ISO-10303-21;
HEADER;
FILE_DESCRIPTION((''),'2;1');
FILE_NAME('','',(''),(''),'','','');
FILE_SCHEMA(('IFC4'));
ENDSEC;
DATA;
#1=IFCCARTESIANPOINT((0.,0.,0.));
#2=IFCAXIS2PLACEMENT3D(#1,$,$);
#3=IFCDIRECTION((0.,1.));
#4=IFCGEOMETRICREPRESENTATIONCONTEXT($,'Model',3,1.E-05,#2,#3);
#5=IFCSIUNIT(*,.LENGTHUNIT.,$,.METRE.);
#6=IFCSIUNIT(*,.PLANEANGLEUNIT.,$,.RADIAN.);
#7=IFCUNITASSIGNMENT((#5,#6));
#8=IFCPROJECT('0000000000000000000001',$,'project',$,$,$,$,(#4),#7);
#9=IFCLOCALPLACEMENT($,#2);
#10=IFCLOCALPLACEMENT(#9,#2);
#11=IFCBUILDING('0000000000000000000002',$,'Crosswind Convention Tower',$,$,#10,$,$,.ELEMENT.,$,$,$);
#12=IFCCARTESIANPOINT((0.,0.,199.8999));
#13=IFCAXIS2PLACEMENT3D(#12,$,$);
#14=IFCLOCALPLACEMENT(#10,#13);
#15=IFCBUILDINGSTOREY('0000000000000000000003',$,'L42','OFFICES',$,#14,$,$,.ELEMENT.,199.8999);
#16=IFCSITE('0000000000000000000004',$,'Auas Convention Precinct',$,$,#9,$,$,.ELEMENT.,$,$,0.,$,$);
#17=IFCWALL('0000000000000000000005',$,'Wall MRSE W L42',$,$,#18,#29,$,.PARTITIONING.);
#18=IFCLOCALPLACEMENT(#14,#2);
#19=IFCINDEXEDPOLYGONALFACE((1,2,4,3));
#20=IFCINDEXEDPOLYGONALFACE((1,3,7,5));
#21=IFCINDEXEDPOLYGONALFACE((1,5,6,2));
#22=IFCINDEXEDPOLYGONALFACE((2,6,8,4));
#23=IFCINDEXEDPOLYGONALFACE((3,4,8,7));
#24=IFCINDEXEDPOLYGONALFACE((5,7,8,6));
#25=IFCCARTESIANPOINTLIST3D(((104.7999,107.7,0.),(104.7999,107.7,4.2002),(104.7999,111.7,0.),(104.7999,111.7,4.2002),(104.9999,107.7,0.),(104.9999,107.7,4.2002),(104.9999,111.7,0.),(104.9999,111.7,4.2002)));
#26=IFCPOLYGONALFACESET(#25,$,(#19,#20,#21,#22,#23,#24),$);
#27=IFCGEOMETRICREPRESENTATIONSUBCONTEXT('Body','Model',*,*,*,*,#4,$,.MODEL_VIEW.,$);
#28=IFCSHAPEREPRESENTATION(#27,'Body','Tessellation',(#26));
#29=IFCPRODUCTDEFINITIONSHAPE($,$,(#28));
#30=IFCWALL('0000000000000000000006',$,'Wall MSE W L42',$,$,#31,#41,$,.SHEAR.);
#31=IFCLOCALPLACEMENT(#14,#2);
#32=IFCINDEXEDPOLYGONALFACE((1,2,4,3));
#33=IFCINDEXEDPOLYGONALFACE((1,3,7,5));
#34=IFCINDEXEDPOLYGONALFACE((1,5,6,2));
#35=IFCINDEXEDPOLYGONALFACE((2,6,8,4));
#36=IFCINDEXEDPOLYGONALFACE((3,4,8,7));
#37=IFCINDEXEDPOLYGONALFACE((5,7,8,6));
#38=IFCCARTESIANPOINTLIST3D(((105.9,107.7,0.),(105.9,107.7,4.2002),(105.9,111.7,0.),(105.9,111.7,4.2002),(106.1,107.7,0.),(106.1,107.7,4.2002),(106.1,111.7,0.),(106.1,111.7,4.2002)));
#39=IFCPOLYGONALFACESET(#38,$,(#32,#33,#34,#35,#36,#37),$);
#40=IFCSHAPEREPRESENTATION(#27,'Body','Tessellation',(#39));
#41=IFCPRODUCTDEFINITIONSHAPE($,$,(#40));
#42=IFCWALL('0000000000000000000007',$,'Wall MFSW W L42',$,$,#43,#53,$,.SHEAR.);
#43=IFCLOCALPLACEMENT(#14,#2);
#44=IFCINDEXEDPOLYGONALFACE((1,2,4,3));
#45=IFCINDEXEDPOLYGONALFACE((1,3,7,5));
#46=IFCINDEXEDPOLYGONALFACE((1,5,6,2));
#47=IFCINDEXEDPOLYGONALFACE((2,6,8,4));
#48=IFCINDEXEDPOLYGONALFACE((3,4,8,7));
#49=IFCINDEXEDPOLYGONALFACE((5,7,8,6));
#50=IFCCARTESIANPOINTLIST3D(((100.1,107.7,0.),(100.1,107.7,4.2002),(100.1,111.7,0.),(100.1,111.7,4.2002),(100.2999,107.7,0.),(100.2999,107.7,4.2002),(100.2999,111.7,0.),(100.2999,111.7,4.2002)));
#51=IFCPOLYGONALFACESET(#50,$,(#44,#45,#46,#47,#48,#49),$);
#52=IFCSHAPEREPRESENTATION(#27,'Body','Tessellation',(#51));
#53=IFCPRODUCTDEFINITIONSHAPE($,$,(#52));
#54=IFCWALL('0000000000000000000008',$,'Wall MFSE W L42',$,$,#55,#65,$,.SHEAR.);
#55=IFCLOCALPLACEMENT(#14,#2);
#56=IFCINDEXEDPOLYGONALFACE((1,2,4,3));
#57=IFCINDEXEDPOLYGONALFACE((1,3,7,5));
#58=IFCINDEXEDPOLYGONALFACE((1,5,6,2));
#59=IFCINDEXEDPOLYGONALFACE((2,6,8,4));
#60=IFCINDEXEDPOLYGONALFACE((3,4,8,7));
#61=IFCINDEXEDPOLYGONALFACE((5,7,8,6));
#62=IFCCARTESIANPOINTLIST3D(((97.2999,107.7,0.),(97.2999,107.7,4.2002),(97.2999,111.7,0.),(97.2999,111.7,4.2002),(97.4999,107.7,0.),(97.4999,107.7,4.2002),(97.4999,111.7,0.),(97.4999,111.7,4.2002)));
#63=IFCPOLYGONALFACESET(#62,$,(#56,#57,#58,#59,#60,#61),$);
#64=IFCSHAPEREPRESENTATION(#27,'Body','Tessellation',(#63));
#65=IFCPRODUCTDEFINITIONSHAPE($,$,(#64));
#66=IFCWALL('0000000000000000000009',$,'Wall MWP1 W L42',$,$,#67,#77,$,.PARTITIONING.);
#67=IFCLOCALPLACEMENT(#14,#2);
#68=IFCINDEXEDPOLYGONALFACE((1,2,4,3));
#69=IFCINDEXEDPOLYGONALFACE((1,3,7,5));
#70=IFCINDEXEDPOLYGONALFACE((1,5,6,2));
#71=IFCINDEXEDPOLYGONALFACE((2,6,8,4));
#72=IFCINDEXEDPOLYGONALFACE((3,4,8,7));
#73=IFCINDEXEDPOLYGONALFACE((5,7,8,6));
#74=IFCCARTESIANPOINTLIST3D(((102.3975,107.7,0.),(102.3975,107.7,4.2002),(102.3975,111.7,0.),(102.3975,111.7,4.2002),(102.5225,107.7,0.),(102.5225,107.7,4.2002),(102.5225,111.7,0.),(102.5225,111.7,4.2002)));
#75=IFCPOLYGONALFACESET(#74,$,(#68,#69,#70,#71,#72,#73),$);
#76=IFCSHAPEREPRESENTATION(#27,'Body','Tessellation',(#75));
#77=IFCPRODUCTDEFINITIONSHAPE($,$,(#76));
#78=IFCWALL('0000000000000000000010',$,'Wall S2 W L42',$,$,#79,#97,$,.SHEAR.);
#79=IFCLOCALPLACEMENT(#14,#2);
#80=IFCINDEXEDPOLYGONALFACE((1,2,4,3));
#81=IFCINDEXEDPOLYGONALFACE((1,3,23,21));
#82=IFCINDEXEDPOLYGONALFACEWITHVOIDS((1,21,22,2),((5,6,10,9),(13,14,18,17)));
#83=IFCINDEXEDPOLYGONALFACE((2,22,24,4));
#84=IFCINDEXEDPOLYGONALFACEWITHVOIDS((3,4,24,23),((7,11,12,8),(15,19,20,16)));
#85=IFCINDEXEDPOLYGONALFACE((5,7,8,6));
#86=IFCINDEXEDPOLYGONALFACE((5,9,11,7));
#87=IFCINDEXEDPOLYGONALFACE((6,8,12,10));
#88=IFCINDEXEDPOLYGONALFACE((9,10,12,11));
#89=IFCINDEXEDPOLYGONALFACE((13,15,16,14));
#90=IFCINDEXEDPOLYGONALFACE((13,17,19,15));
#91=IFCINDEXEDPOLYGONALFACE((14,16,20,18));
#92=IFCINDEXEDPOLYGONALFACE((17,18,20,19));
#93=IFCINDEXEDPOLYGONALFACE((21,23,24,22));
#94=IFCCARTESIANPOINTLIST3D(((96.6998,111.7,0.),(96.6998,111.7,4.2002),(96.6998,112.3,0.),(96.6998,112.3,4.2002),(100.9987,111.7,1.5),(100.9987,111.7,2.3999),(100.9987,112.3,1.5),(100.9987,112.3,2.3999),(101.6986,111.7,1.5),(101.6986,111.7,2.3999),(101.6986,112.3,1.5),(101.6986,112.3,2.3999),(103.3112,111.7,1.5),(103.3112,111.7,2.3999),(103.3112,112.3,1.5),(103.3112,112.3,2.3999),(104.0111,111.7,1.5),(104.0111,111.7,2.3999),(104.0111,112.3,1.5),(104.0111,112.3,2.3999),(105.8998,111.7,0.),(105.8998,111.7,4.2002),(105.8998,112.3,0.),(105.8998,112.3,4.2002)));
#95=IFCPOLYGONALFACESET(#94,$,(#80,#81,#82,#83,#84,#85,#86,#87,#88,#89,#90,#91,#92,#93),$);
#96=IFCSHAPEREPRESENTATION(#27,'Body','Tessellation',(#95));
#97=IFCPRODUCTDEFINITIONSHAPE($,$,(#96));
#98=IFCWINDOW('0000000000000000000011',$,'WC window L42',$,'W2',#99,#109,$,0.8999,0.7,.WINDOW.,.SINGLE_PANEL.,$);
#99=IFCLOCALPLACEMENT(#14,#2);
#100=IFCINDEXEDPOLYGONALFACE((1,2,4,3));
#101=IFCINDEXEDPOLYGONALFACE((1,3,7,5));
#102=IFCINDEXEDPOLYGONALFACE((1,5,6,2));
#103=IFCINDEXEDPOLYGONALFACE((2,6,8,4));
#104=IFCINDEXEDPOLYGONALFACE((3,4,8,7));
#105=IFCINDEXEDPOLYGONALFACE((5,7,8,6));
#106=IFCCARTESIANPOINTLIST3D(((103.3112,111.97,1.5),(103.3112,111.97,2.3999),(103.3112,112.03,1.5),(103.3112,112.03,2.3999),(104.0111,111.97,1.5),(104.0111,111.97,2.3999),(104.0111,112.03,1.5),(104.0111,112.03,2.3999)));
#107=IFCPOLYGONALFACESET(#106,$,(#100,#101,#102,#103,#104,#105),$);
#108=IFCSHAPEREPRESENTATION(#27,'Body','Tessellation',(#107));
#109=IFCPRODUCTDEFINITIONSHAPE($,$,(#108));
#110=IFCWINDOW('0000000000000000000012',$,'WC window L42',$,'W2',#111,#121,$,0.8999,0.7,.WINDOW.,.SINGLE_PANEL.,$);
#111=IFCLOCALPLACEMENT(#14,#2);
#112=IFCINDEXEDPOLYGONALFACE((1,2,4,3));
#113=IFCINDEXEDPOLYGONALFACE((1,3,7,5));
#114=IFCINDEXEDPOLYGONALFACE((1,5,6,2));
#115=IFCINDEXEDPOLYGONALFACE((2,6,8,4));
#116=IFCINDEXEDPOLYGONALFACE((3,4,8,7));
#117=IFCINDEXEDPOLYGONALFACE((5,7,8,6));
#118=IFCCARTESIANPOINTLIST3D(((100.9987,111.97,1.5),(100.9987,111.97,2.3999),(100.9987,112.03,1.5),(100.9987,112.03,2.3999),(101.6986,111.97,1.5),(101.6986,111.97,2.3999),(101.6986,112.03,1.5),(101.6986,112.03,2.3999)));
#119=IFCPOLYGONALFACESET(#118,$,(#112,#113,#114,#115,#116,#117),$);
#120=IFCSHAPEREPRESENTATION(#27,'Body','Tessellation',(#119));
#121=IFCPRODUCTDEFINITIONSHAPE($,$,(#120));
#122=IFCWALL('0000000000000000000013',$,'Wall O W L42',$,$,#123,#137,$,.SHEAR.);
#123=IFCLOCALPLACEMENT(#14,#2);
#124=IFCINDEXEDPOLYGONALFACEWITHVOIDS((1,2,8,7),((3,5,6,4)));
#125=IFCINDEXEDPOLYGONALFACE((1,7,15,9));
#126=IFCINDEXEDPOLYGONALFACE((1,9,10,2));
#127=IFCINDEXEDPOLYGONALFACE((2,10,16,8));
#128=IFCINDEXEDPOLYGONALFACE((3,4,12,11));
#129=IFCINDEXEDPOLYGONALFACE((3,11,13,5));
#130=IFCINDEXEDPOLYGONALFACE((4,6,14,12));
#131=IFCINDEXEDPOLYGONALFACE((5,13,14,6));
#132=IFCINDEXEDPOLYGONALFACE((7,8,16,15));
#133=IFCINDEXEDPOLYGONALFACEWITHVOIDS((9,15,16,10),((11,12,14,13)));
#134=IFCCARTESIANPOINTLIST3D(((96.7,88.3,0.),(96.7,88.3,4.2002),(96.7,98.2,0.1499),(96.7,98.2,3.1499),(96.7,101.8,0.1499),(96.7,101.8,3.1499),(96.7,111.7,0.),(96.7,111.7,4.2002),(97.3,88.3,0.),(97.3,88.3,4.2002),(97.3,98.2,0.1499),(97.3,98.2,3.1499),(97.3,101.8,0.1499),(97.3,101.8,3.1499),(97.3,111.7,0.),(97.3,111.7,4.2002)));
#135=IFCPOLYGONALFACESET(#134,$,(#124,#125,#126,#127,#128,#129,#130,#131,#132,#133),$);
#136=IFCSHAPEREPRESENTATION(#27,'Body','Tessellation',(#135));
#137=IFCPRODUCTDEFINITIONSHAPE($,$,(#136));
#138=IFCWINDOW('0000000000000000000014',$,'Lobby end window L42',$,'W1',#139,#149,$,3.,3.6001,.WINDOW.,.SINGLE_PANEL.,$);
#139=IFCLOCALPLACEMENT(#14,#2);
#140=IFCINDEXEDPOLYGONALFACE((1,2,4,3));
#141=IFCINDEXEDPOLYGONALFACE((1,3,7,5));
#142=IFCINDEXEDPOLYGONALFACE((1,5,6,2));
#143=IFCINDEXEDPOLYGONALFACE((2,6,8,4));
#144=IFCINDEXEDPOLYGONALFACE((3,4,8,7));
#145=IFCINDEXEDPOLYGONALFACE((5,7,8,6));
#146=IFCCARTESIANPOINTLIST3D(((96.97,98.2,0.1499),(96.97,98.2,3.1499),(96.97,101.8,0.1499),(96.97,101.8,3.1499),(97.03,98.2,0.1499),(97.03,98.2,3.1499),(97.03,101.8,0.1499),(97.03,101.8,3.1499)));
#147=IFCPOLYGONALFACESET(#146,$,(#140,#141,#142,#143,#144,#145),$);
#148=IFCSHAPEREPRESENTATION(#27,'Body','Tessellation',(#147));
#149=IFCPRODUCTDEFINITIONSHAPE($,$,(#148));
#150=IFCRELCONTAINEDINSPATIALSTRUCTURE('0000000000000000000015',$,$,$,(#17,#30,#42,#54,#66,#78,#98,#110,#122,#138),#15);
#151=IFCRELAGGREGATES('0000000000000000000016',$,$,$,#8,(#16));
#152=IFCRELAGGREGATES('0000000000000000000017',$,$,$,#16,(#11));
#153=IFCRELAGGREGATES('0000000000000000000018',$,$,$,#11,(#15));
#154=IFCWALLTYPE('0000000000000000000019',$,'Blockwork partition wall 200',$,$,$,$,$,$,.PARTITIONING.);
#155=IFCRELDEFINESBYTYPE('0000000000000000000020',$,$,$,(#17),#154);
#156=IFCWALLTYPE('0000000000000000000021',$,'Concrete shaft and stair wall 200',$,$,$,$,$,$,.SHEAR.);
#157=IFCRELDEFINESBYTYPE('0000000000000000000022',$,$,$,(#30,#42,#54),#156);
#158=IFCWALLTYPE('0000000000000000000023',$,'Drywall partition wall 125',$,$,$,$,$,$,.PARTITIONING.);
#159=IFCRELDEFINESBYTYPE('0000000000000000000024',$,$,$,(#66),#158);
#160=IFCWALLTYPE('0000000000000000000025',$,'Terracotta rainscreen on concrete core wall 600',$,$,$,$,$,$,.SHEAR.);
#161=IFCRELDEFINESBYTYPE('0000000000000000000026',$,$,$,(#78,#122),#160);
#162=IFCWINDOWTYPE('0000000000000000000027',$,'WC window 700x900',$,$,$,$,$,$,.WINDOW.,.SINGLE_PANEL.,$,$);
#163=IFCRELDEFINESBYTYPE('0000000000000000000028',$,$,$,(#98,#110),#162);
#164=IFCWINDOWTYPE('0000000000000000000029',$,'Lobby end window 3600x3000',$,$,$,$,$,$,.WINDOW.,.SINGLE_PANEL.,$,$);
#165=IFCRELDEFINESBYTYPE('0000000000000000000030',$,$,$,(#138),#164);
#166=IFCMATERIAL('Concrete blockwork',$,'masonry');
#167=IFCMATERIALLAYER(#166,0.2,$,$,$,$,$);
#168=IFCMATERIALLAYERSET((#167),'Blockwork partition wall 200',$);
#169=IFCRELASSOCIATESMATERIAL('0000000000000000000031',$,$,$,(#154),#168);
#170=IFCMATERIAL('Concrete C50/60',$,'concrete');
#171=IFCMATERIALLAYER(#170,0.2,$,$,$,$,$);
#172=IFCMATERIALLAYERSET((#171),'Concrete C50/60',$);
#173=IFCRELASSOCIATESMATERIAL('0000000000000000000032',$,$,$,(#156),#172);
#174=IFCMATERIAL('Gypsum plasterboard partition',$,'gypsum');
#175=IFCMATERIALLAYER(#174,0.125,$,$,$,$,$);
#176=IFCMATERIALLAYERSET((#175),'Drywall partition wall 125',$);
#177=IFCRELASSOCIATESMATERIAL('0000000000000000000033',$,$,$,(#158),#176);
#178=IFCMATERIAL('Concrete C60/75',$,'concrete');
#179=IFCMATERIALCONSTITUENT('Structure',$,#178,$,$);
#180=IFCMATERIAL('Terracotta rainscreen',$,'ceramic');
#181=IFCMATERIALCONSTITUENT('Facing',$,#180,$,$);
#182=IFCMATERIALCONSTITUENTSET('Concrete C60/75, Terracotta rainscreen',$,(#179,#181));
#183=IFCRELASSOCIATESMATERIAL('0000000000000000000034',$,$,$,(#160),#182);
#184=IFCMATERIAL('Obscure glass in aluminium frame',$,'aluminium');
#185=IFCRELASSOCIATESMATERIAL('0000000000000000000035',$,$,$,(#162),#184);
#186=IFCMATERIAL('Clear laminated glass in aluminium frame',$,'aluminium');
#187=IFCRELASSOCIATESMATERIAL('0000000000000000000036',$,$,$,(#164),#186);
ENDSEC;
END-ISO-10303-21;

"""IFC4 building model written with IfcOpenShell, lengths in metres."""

from ifc_helpers import new_model, si_unit, direction, frame, frame_2d, origin, place, context, subcontext, project, spatial, rectangle, extrude, material, layer, layer_set, constituent, constituent_set, type_object, element, fill, save


model = new_model("IFC4")

# Units and contexts
model_context = context("Model", 3, precision=1e-05, world=origin(), true_north=direction((0.0, 1.0)))
body_context = subcontext(model_context, "Body", "Model", "MODEL_VIEW")
ifc_project = project(units=[si_unit("LENGTHUNIT", "METRE"), si_unit("PLANEANGLEUNIT", "RADIAN")], contexts=[model_context])

# Site, building, storey
site_placement = place(None, origin())
site = spatial("IfcSite", under=ifc_project, at=site_placement, Name="Auas Convention Precinct", CompositionType="ELEMENT", RefElevation=0.0)
building_placement = place(site_placement, origin())
building = spatial("IfcBuilding", under=site, at=building_placement, Name="Crosswind Convention Tower", CompositionType="ELEMENT")
storey_placement = place(building_placement, frame((0.0, 0.0, 199.8999)))
storey = spatial("IfcBuildingStorey", under=building, at=storey_placement, Name="L42", Description="OFFICES", CompositionType="ELEMENT", Elevation=199.8999)

# Walls
ifc_material_1 = material(Name="Concrete blockwork", Category="masonry")
ifc_layer_1 = layer(ifc_material_1, 0.2)
ifc_layer_set_1 = layer_set([ifc_layer_1], Name="Blockwork partition wall 200")
wall_type_1 = type_object("IfcWallType", Name="Blockwork partition wall 200", PredefinedType="PARTITIONING", material=ifc_layer_set_1)
wall_1_placement = place(storey_placement, frame((104.8999, 111.7, 0.0), z_axis=(0.0, 0.0, 1.0), x_axis=(0.0, -1.0, 0.0)))
element("IfcWall", 1, at=wall_1_placement, inside=storey, type_object=wall_type_1, Name="Wall MRSE W L42", PredefinedType="PARTITIONING", context=body_context, shape_type="SweptSolid", body=[
    extrude(rectangle(XDim=4.0, YDim=0.2, at=frame_2d((2.0, 0.0))), origin(), (0.0, 0.0, 1.0), 4.2002),
])
ifc_material_2 = material(Name="Concrete C50/60", Category="concrete")
ifc_layer_2 = layer(ifc_material_2, 0.2)
ifc_layer_set_2 = layer_set([ifc_layer_2], Name="Concrete C50/60")
wall_type_2 = type_object("IfcWallType", Name="Concrete shaft and stair wall 200", PredefinedType="SHEAR", material=ifc_layer_set_2)
for number, where, z_axis, x_axis, name in (
    (2, (106.0, 111.7, 0.0), (0.0, 0.0, 1.0), (0.0, -1.0, 0.0), "Wall MSE W L42"),
    (3, (100.2, 111.7, 0.0), (0.0, 0.0, 1.0), (0.0, -1.0, 0.0), "Wall MFSW W L42"),
    (4, (97.3999, 111.7, 0.0), (0.0, 0.0, 1.0), (0.0, -1.0, 0.0), "Wall MFSE W L42"),
):
    element("IfcWall", number, at=place(storey_placement, frame(where, z_axis=z_axis, x_axis=x_axis)), inside=storey, type_object=wall_type_2, Name=name, PredefinedType="SHEAR", context=body_context, shape_type="SweptSolid", body=[
        extrude(rectangle(XDim=4.0, YDim=0.2, at=frame_2d((2.0, 0.0))), origin(), (0.0, 0.0, 1.0), 4.2002),
    ])
ifc_material_3 = material(Name="Gypsum plasterboard partition", Category="gypsum")
ifc_layer_3 = layer(ifc_material_3, 0.125)
ifc_layer_set_3 = layer_set([ifc_layer_3], Name="Drywall partition wall 125")
wall_type_3 = type_object("IfcWallType", Name="Drywall partition wall 125", PredefinedType="PARTITIONING", material=ifc_layer_set_3)
wall_2_placement = place(storey_placement, frame((102.46, 111.7, 0.0), z_axis=(0.0, 0.0, 1.0), x_axis=(0.0, -1.0, 0.0)))
element("IfcWall", 5, at=wall_2_placement, inside=storey, type_object=wall_type_3, Name="Wall MWP1 W L42", PredefinedType="PARTITIONING", context=body_context, shape_type="SweptSolid", body=[
    extrude(rectangle(XDim=4.0, YDim=0.125, at=frame_2d((2.0, 0.0))), origin(), (0.0, 0.0, 1.0), 4.2002),
])

# Wall, openings, windows
ifc_material_4 = material(Name="Concrete C60/75", Category="concrete")
ifc_constituent_1 = constituent(ifc_material_4, Name="Structure")
ifc_material_5 = material(Name="Terracotta rainscreen", Category="ceramic")
ifc_constituent_2 = constituent(ifc_material_5, Name="Facing")
ifc_constituent_set = constituent_set(constituents=[ifc_constituent_1, ifc_constituent_2], Name="Concrete C60/75, Terracotta rainscreen")
wall_type_4 = type_object("IfcWallType", Name="Terracotta rainscreen on concrete core wall 600", PredefinedType="SHEAR", material=ifc_constituent_set)
wall_3_placement = place(storey_placement, frame((105.8999, 112.0, 0.0), z_axis=(0.0, 0.0, 1.0), x_axis=(-1.0, 0.0, 0.0)))
wall_3 = element("IfcWall", 6, at=wall_3_placement, inside=storey, type_object=wall_type_4, Name="Wall S2 W L42", PredefinedType="SHEAR", context=body_context, shape_type="SweptSolid", body=[
    extrude(rectangle(XDim=9.2, YDim=0.6001, at=frame_2d((4.6001, 0.0))), origin(), (0.0, 0.0, 1.0), 4.2002),
])
opening_1_placement = place(wall_3_placement, frame((1.8887, 0.0, 1.5)))
opening_1 = element("IfcOpeningElement", 7, at=opening_1_placement, cuts=wall_3, PredefinedType="OPENING", context=body_context, shape_type="SweptSolid", body=[
    extrude(rectangle(XDim=0.7, YDim=0.8999, at=frame_2d((0.3501, 0.45))), frame((0.0, 0.3101, 0.0), z_axis=(0.0, -1.0, 0.0), x_axis=(1.0, 0.0, 0.0)), (0.0, 0.0, 1.0), 0.6201),
])
opening_2_placement = place(wall_3_placement, frame((4.2012, 0.0, 1.5)))
opening_2 = element("IfcOpeningElement", 8, at=opening_2_placement, cuts=wall_3, PredefinedType="OPENING", context=body_context, shape_type="SweptSolid", body=[
    extrude(rectangle(XDim=0.7, YDim=0.8999, at=frame_2d((0.3501, 0.45))), frame((0.0, 0.3101, 0.0), z_axis=(0.0, -1.0, 0.0), x_axis=(1.0, 0.0, 0.0)), (0.0, 0.0, 1.0), 0.6201),
])
ifc_material_6 = material(Name="Obscure glass in aluminium frame", Category="aluminium")
window_type_1 = type_object("IfcWindowType", Name="WC window 700x900", PartitioningType="SINGLE_PANEL", PredefinedType="WINDOW", material=ifc_material_6)
window_1_placement = place(opening_1_placement, origin())
window_1 = element("IfcWindow", 9, at=window_1_placement, inside=storey, type_object=window_type_1, Name="WC window L42", ObjectType="W2", OverallHeight=0.8999, OverallWidth=0.7, PartitioningType="SINGLE_PANEL", PredefinedType="WINDOW", context=body_context, shape_type="SweptSolid", body=[
    extrude(rectangle(XDim=0.7, YDim=0.8999, at=frame_2d((0.3501, 0.45))), frame((0.0, 0.03, 0.0), z_axis=(0.0, -1.0, 0.0), x_axis=(1.0, 0.0, 0.0)), (0.0, 0.0, 1.0), 0.0601),
])
fill(opening_1, window_1)
window_2_placement = place(opening_2_placement, origin())
window_2 = element("IfcWindow", 10, at=window_2_placement, inside=storey, type_object=window_type_1, Name="WC window L42", ObjectType="W2", OverallHeight=0.8999, OverallWidth=0.7, PartitioningType="SINGLE_PANEL", PredefinedType="WINDOW", context=body_context, shape_type="SweptSolid", body=[
    extrude(rectangle(XDim=0.7, YDim=0.8999, at=frame_2d((0.3501, 0.45))), frame((0.0, 0.03, 0.0), z_axis=(0.0, -1.0, 0.0), x_axis=(1.0, 0.0, 0.0)), (0.0, 0.0, 1.0), 0.0601),
])
fill(opening_2, window_2)

# Wall, opening, window
wall_4_placement = place(storey_placement, frame((97.0, 111.7, 0.0), z_axis=(0.0, 0.0, 1.0), x_axis=(0.0, -1.0, 0.0)))
wall_4 = element("IfcWall", 11, at=wall_4_placement, inside=storey, type_object=wall_type_4, Name="Wall O W L42", PredefinedType="SHEAR", context=body_context, shape_type="SweptSolid", body=[
    extrude(rectangle(XDim=23.3999, YDim=0.6001, at=frame_2d((11.7, 0.0))), origin(), (0.0, 0.0, 1.0), 4.2002),
])
opening_3_placement = place(wall_4_placement, frame((9.8999, 0.0, 0.1499)))
opening_3 = element("IfcOpeningElement", 12, at=opening_3_placement, cuts=wall_4, PredefinedType="OPENING", context=body_context, shape_type="SweptSolid", body=[
    extrude(rectangle(XDim=3.6001, YDim=3.0, at=frame_2d((1.8, 1.5))), frame((0.0, 0.3101, 0.0), z_axis=(0.0, -1.0, 0.0), x_axis=(1.0, 0.0, 0.0)), (0.0, 0.0, 1.0), 0.6201),
])
ifc_material_7 = material(Name="Clear laminated glass in aluminium frame", Category="aluminium")
window_type_2 = type_object("IfcWindowType", Name="Lobby end window 3600x3000", PartitioningType="SINGLE_PANEL", PredefinedType="WINDOW", material=ifc_material_7)
window_3_placement = place(opening_3_placement, origin())
window_3 = element("IfcWindow", 13, at=window_3_placement, inside=storey, type_object=window_type_2, Name="Lobby end window L42", ObjectType="W1", OverallHeight=3.0, OverallWidth=3.6001, PartitioningType="SINGLE_PANEL", PredefinedType="WINDOW", context=body_context, shape_type="SweptSolid", body=[
    extrude(rectangle(XDim=3.6001, YDim=3.0, at=frame_2d((1.8, 1.5))), frame((0.0, 0.03, 0.0), z_axis=(0.0, -1.0, 0.0), x_axis=(1.0, 0.0, 0.0)), (0.0, 0.0, 1.0), 0.0601),
])
fill(opening_3, window_3)

save(model, "model.ifc")
